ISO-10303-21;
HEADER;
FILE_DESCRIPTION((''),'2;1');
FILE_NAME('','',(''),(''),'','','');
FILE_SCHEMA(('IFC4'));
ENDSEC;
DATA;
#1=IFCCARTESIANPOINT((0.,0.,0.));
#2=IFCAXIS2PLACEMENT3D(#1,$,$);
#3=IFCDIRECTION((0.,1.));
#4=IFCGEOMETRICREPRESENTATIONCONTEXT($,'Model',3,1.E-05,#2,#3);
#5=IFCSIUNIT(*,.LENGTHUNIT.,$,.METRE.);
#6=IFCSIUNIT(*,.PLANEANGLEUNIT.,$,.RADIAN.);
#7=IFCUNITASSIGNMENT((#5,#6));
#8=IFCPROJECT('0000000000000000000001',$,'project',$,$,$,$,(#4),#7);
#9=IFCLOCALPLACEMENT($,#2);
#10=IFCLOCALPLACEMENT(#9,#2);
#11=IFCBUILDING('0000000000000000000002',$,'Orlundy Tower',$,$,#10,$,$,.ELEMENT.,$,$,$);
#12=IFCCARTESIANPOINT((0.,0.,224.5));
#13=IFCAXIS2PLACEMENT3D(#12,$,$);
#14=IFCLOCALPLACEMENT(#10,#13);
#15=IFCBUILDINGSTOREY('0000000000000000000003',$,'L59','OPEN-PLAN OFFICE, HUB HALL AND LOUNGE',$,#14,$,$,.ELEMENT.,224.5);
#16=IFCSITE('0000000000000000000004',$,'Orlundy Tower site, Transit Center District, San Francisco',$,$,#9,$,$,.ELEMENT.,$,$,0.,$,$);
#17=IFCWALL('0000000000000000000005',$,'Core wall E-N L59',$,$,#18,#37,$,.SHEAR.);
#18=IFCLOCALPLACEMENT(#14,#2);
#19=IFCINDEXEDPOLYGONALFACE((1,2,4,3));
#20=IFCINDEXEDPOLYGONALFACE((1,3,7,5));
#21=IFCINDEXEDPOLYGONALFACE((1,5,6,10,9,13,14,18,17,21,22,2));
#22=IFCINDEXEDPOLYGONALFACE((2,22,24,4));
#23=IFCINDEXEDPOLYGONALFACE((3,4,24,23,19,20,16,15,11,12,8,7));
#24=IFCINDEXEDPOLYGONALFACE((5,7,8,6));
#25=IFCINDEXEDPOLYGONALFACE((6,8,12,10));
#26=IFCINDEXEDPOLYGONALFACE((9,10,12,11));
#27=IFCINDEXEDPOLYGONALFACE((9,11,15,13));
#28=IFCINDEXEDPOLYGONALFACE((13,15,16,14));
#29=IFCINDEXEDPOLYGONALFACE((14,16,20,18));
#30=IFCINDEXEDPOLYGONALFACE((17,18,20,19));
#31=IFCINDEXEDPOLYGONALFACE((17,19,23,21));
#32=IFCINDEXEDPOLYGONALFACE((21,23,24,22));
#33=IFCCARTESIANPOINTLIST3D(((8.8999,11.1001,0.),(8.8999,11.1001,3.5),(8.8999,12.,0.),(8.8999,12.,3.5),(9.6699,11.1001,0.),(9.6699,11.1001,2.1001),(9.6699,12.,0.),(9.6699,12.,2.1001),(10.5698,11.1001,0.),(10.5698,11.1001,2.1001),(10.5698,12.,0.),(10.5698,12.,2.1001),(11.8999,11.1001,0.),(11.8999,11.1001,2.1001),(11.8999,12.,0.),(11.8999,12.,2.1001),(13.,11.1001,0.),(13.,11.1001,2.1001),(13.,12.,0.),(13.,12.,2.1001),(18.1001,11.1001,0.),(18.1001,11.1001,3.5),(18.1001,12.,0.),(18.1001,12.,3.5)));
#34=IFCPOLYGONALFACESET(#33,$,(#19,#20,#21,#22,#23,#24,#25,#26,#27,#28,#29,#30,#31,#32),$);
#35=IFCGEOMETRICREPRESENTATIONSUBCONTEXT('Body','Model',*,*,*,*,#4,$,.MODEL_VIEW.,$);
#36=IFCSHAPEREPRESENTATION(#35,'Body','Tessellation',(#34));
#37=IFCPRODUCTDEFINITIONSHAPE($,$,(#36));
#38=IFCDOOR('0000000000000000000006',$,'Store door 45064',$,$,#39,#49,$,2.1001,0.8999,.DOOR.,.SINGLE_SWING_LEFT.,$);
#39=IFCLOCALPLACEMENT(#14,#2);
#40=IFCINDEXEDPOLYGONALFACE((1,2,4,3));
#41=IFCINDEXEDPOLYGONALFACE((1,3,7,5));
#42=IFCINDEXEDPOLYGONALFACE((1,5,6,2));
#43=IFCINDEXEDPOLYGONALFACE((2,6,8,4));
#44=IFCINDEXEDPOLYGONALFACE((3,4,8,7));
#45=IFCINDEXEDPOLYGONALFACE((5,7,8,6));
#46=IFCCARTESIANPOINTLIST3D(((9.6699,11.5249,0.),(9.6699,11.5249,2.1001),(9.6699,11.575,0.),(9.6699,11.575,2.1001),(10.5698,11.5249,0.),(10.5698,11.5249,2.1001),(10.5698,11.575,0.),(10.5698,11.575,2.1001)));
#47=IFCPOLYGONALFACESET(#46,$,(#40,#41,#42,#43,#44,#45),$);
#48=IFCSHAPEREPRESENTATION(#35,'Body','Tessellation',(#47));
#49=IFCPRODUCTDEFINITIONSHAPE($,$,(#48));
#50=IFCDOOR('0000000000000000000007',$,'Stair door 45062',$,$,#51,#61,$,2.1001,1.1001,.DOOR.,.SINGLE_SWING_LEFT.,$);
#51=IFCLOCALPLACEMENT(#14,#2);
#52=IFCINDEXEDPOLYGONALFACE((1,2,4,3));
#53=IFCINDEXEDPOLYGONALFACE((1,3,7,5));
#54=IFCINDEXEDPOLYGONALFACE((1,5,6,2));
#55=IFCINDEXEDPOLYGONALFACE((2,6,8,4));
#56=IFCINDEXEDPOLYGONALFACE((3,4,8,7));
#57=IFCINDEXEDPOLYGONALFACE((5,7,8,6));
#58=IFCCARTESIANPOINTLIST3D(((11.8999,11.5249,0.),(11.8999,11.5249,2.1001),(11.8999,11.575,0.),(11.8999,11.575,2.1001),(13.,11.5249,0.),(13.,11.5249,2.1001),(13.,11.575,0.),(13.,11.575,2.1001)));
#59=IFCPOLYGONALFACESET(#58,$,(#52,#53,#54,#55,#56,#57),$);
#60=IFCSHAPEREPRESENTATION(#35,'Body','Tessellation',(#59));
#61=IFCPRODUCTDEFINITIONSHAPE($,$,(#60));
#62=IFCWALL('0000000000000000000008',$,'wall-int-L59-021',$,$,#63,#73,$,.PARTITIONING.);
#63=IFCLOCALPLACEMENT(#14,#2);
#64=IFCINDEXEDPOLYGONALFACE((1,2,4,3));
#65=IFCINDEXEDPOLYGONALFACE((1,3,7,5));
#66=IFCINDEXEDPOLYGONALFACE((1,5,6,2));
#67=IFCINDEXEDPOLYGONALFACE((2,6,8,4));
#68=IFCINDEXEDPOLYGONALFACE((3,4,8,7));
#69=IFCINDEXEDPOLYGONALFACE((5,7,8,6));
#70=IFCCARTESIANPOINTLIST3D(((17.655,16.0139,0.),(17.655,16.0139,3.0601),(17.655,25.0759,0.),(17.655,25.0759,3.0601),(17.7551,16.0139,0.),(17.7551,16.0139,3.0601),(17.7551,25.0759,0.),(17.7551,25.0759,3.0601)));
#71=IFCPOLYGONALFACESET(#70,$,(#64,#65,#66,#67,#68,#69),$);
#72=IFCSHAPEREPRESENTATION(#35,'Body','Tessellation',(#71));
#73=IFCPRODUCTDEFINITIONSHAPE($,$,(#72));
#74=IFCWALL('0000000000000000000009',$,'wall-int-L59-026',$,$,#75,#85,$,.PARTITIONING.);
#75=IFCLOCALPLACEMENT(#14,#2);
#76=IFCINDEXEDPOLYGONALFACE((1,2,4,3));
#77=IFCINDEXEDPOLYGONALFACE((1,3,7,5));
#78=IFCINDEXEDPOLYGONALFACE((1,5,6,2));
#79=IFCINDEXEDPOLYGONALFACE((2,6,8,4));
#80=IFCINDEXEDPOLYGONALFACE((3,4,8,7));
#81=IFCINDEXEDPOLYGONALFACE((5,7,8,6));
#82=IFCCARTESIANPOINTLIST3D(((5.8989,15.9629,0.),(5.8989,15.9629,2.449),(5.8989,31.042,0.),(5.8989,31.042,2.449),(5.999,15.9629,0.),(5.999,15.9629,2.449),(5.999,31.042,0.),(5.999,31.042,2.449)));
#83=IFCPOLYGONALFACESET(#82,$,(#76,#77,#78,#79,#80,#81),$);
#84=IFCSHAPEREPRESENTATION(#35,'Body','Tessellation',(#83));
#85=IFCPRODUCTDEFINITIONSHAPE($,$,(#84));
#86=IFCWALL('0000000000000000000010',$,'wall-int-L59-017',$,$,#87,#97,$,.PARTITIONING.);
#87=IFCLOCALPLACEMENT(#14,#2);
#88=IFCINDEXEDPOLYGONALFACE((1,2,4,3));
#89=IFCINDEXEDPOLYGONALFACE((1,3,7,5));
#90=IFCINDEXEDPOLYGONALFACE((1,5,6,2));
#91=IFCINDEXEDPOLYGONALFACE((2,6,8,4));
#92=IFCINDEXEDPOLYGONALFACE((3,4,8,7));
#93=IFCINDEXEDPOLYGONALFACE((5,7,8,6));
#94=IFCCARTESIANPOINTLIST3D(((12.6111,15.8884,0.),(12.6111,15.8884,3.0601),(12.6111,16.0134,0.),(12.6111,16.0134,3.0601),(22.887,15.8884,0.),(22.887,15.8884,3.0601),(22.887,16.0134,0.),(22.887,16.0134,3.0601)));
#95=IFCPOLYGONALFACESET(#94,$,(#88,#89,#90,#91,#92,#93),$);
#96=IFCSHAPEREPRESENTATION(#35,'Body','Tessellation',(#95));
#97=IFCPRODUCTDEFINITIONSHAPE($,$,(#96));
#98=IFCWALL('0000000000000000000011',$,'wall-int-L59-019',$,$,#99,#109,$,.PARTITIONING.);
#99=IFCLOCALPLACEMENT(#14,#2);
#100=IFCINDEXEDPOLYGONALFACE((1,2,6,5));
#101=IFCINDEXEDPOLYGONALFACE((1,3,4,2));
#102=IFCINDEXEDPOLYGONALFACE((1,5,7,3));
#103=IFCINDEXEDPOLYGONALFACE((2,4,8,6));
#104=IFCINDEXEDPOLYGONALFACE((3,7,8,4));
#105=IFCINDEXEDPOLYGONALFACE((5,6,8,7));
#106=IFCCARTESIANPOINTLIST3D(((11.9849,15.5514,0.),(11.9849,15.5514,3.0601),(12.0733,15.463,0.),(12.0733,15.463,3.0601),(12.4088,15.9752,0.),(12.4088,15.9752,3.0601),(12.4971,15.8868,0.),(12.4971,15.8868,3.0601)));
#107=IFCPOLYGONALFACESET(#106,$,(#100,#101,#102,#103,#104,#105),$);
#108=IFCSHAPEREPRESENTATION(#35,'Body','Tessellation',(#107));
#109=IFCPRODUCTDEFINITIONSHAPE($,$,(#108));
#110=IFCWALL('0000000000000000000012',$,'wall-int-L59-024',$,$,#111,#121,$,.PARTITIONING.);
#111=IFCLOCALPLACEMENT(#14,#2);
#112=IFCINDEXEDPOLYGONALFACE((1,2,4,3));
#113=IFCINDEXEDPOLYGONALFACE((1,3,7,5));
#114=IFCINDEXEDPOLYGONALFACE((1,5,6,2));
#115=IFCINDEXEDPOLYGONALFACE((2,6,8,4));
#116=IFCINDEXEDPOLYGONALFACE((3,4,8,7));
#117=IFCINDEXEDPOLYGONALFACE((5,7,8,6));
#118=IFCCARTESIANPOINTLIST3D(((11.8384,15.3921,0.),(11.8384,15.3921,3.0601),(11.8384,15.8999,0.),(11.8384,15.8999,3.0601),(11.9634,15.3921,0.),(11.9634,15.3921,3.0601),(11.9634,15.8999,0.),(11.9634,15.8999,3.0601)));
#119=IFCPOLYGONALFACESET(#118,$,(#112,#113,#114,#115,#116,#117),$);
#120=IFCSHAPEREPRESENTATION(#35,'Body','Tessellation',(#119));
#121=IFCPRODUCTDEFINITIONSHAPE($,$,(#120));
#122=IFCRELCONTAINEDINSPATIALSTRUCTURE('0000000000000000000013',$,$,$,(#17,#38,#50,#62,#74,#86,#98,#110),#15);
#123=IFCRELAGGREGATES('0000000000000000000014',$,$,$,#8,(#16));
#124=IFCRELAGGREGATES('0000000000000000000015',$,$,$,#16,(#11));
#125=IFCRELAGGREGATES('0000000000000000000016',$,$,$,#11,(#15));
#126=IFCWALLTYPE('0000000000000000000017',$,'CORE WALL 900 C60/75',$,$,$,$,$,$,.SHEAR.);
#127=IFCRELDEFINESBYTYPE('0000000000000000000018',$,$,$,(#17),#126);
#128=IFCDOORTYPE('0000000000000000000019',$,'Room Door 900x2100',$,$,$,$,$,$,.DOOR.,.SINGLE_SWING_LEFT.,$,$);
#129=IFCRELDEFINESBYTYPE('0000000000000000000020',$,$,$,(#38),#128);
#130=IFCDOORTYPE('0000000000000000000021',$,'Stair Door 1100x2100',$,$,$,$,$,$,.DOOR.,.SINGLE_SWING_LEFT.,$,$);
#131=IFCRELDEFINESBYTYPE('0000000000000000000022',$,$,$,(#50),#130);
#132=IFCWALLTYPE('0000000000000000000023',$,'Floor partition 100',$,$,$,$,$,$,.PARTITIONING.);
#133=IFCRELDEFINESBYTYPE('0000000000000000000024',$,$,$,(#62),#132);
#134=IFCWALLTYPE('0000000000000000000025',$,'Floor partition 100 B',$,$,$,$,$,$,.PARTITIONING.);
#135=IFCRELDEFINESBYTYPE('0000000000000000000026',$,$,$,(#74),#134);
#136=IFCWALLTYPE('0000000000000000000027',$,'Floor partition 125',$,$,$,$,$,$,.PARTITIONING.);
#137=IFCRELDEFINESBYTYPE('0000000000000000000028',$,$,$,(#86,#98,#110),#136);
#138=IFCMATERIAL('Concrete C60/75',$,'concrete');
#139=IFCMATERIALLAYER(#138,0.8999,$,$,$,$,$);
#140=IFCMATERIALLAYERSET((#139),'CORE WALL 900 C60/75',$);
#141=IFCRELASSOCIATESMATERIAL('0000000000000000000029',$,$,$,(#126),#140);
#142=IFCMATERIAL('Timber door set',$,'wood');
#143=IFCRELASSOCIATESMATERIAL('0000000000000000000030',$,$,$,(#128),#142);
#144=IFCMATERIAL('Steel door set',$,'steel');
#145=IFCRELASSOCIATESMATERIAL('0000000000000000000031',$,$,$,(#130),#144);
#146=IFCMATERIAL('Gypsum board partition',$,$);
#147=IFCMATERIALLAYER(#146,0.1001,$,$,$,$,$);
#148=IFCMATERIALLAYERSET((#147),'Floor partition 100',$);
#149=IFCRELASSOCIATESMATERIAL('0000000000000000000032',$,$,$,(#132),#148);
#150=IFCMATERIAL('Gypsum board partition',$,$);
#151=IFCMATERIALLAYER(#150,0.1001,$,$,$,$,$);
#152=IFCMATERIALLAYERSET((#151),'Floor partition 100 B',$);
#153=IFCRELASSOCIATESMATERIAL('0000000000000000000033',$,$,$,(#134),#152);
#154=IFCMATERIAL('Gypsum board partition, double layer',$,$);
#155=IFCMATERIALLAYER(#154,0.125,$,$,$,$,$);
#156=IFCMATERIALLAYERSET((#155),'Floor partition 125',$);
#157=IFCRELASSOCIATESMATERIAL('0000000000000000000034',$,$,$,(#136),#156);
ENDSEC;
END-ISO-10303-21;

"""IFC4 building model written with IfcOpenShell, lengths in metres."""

from ifc_helpers import new_model, si_unit, direction, frame, frame_2d, origin, place, context, subcontext, project, spatial, rectangle, extrude, material, layer, layer_set, type_object, element, fill, save


model = new_model("IFC4")

# Units and contexts
model_context = context("Model", 3, precision=1e-05, world=origin(), true_north=direction((0.0, 1.0)))
body_context = subcontext(model_context, "Body", "Model", "MODEL_VIEW")
ifc_project = project(units=[si_unit("LENGTHUNIT", "METRE"), si_unit("PLANEANGLEUNIT", "RADIAN")], contexts=[model_context])

# Site, building, storey
site_placement = place(None, origin())
site = spatial("IfcSite", under=ifc_project, at=site_placement, Name="Orlundy Tower site, Transit Center District, San Francisco", CompositionType="ELEMENT", RefElevation=0.0)
building_placement = place(site_placement, origin())
building = spatial("IfcBuilding", under=site, at=building_placement, Name="Orlundy Tower", CompositionType="ELEMENT")
storey_placement = place(building_placement, frame((0.0, 0.0, 224.5)))
storey = spatial("IfcBuildingStorey", under=building, at=storey_placement, Name="L59", Description="OPEN-PLAN OFFICE, HUB HALL AND LOUNGE", CompositionType="ELEMENT", Elevation=224.5)

# Wall, openings, doors
ifc_material_1 = material(Name="Concrete C60/75", Category="concrete")
ifc_layer_1 = layer(ifc_material_1, 0.8999)
ifc_layer_set_1 = layer_set([ifc_layer_1], Name="CORE WALL 900 C60/75")
wall_type_1 = type_object("IfcWallType", Name="CORE WALL 900 C60/75", PredefinedType="SHEAR", material=ifc_layer_set_1)
wall_1_placement = place(storey_placement, frame((8.8999, 11.55, 0.0), z_axis=(0.0, 0.0, 1.0), x_axis=(1.0, 0.0, 0.0)))
wall_1 = element("IfcWall", 1, at=wall_1_placement, inside=storey, type_object=wall_type_1, Name="Core wall E-N L59", PredefinedType="SHEAR", context=body_context, shape_type="SweptSolid", body=[
    extrude(rectangle(XDim=9.2002, YDim=0.8999, at=frame_2d((4.6001, 0.0))), origin(), (0.0, 0.0, 1.0), 3.5),
])
opening_1_placement = place(wall_1_placement, frame((3.0, 0.0, 0.0)))
opening_1 = element("IfcOpeningElement", 2, at=opening_1_placement, cuts=wall_1, PredefinedType="OPENING", context=body_context, shape_type="SweptSolid", body=[
    extrude(rectangle(XDim=1.1001, YDim=2.1001, at=frame_2d((0.55, 1.05))), frame((0.0, 0.46, 0.0), z_axis=(0.0, -1.0, 0.0), x_axis=(1.0, 0.0, 0.0)), (0.0, 0.0, 1.0), 0.9199),
])
opening_2_placement = place(wall_1_placement, frame((0.77, 0.0, 0.0)))
opening_2 = element("IfcOpeningElement", 3, at=opening_2_placement, cuts=wall_1, PredefinedType="OPENING", context=body_context, shape_type="SweptSolid", body=[
    extrude(rectangle(XDim=0.8999, YDim=2.1001, at=frame_2d((0.45, 1.05))), frame((0.0, 0.46, 0.0), z_axis=(0.0, -1.0, 0.0), x_axis=(1.0, 0.0, 0.0)), (0.0, 0.0, 1.0), 0.9199),
])
ifc_material_2 = material(Name="Timber door set", Category="wood")
door_type_1 = type_object("IfcDoorType", Name="Room Door 900x2100", OperationType="SINGLE_SWING_LEFT", PredefinedType="DOOR", material=ifc_material_2)
door_1_placement = place(opening_2_placement, origin())
door_1 = element("IfcDoor", 4, at=door_1_placement, inside=storey, type_object=door_type_1, Name="Store door 45064", OperationType="SINGLE_SWING_LEFT", OverallHeight=2.1001, OverallWidth=0.8999, PredefinedType="DOOR", context=body_context, shape_type="SweptSolid", body=[
    extrude(rectangle(XDim=0.8999, YDim=2.1001, at=frame_2d((0.45, 1.05))), frame((0.0, 0.0249, 0.0), z_axis=(0.0, -1.0, 0.0), x_axis=(1.0, 0.0, 0.0)), (0.0, 0.0, 1.0), 0.05),
])
fill(opening_2, door_1)
ifc_material_3 = material(Name="Steel door set", Category="steel")
door_type_2 = type_object("IfcDoorType", Name="Stair Door 1100x2100", OperationType="SINGLE_SWING_LEFT", PredefinedType="DOOR", material=ifc_material_3)
door_2_placement = place(opening_1_placement, origin())
door_2 = element("IfcDoor", 5, at=door_2_placement, inside=storey, type_object=door_type_2, Name="Stair door 45062", OperationType="SINGLE_SWING_LEFT", OverallHeight=2.1001, OverallWidth=1.1001, PredefinedType="DOOR", context=body_context, shape_type="SweptSolid", body=[
    extrude(rectangle(XDim=1.1001, YDim=2.1001, at=frame_2d((0.55, 1.05))), frame((0.0, 0.0249, 0.0), z_axis=(0.0, -1.0, 0.0), x_axis=(1.0, 0.0, 0.0)), (0.0, 0.0, 1.0), 0.05),
])
fill(opening_1, door_2)

# Walls
ifc_material_4 = material(Name="Gypsum board partition")
ifc_layer_2 = layer(ifc_material_4, 0.1001)
ifc_layer_set_2 = layer_set([ifc_layer_2], Name="Floor partition 100")
wall_type_2 = type_object("IfcWallType", Name="Floor partition 100", PredefinedType="PARTITIONING", material=ifc_layer_set_2)
wall_2_placement = place(storey_placement, frame((17.7051, 16.0139, 0.0), z_axis=(0.0, 0.0, 1.0), x_axis=(0.0, 1.0, 0.0)))
element("IfcWall", 6, at=wall_2_placement, inside=storey, type_object=wall_type_2, Name="wall-int-L59-021", PredefinedType="PARTITIONING", context=body_context, shape_type="SweptSolid", body=[
    extrude(rectangle(XDim=9.062, YDim=0.1001, at=frame_2d((4.531, 0.0))), origin(), (0.0, 0.0, 1.0), 3.0601),
])
ifc_material_5 = material(Name="Gypsum board partition")
ifc_layer_3 = layer(ifc_material_5, 0.1001)
ifc_layer_set_3 = layer_set([ifc_layer_3], Name="Floor partition 100 B")
wall_type_3 = type_object("IfcWallType", Name="Floor partition 100 B", PredefinedType="PARTITIONING", material=ifc_layer_set_3)
wall_3_placement = place(storey_placement, frame((5.949, 15.9629, 0.0), z_axis=(0.0, 0.0, 1.0), x_axis=(0.0, 1.0, 0.0)))
element("IfcWall", 7, at=wall_3_placement, inside=storey, type_object=wall_type_3, Name="wall-int-L59-026", PredefinedType="PARTITIONING", context=body_context, shape_type="SweptSolid", body=[
    extrude(rectangle(XDim=15.0791, YDim=0.1001, at=frame_2d((7.5396, 0.0))), origin(), (0.0, 0.0, 1.0), 2.449),
])
ifc_material_6 = material(Name="Gypsum board partition, double layer")
ifc_layer_4 = layer(ifc_material_6, 0.125)
ifc_layer_set_4 = layer_set([ifc_layer_4], Name="Floor partition 125")
wall_type_4 = type_object("IfcWallType", Name="Floor partition 125", PredefinedType="PARTITIONING", material=ifc_layer_set_4)
wall_4_placement = place(storey_placement, frame((12.6111, 15.9509, 0.0), z_axis=(0.0, 0.0, 1.0), x_axis=(1.0, 0.0, 0.0)))
element("IfcWall", 8, at=wall_4_placement, inside=storey, type_object=wall_type_4, Name="wall-int-L59-017", PredefinedType="PARTITIONING", context=body_context, shape_type="SweptSolid", body=[
    extrude(rectangle(XDim=10.2759, YDim=0.125, at=frame_2d((5.1379, 0.0))), origin(), (0.0, 0.0, 1.0), 3.0601),
])
wall_5_placement = place(storey_placement, frame((12.0291, 15.5071, 0.0), z_axis=(0.0, 0.0, 1.0), x_axis=(0.707107, 0.707107, 0.0)))
element("IfcWall", 9, at=wall_5_placement, inside=storey, type_object=wall_type_4, Name="wall-int-L59-019", PredefinedType="PARTITIONING", context=body_context, shape_type="SweptSolid", body=[
    extrude(rectangle(XDim=0.5994, YDim=0.125, at=frame_2d((0.2998, 0.0))), origin(), (0.0, 0.0, 1.0), 3.0601),
])
wall_6_placement = place(storey_placement, frame((11.9009, 15.3921, 0.0), z_axis=(0.0, 0.0, 1.0), x_axis=(0.0, 1.0, 0.0)))
element("IfcWall", 10, at=wall_6_placement, inside=storey, type_object=wall_type_4, Name="wall-int-L59-024", PredefinedType="PARTITIONING", context=body_context, shape_type="SweptSolid", body=[
    extrude(rectangle(XDim=0.5078, YDim=0.125, at=frame_2d((0.2539, 0.0))), origin(), (0.0, 0.0, 1.0), 3.0601),
])

save(model, "model.ifc")
